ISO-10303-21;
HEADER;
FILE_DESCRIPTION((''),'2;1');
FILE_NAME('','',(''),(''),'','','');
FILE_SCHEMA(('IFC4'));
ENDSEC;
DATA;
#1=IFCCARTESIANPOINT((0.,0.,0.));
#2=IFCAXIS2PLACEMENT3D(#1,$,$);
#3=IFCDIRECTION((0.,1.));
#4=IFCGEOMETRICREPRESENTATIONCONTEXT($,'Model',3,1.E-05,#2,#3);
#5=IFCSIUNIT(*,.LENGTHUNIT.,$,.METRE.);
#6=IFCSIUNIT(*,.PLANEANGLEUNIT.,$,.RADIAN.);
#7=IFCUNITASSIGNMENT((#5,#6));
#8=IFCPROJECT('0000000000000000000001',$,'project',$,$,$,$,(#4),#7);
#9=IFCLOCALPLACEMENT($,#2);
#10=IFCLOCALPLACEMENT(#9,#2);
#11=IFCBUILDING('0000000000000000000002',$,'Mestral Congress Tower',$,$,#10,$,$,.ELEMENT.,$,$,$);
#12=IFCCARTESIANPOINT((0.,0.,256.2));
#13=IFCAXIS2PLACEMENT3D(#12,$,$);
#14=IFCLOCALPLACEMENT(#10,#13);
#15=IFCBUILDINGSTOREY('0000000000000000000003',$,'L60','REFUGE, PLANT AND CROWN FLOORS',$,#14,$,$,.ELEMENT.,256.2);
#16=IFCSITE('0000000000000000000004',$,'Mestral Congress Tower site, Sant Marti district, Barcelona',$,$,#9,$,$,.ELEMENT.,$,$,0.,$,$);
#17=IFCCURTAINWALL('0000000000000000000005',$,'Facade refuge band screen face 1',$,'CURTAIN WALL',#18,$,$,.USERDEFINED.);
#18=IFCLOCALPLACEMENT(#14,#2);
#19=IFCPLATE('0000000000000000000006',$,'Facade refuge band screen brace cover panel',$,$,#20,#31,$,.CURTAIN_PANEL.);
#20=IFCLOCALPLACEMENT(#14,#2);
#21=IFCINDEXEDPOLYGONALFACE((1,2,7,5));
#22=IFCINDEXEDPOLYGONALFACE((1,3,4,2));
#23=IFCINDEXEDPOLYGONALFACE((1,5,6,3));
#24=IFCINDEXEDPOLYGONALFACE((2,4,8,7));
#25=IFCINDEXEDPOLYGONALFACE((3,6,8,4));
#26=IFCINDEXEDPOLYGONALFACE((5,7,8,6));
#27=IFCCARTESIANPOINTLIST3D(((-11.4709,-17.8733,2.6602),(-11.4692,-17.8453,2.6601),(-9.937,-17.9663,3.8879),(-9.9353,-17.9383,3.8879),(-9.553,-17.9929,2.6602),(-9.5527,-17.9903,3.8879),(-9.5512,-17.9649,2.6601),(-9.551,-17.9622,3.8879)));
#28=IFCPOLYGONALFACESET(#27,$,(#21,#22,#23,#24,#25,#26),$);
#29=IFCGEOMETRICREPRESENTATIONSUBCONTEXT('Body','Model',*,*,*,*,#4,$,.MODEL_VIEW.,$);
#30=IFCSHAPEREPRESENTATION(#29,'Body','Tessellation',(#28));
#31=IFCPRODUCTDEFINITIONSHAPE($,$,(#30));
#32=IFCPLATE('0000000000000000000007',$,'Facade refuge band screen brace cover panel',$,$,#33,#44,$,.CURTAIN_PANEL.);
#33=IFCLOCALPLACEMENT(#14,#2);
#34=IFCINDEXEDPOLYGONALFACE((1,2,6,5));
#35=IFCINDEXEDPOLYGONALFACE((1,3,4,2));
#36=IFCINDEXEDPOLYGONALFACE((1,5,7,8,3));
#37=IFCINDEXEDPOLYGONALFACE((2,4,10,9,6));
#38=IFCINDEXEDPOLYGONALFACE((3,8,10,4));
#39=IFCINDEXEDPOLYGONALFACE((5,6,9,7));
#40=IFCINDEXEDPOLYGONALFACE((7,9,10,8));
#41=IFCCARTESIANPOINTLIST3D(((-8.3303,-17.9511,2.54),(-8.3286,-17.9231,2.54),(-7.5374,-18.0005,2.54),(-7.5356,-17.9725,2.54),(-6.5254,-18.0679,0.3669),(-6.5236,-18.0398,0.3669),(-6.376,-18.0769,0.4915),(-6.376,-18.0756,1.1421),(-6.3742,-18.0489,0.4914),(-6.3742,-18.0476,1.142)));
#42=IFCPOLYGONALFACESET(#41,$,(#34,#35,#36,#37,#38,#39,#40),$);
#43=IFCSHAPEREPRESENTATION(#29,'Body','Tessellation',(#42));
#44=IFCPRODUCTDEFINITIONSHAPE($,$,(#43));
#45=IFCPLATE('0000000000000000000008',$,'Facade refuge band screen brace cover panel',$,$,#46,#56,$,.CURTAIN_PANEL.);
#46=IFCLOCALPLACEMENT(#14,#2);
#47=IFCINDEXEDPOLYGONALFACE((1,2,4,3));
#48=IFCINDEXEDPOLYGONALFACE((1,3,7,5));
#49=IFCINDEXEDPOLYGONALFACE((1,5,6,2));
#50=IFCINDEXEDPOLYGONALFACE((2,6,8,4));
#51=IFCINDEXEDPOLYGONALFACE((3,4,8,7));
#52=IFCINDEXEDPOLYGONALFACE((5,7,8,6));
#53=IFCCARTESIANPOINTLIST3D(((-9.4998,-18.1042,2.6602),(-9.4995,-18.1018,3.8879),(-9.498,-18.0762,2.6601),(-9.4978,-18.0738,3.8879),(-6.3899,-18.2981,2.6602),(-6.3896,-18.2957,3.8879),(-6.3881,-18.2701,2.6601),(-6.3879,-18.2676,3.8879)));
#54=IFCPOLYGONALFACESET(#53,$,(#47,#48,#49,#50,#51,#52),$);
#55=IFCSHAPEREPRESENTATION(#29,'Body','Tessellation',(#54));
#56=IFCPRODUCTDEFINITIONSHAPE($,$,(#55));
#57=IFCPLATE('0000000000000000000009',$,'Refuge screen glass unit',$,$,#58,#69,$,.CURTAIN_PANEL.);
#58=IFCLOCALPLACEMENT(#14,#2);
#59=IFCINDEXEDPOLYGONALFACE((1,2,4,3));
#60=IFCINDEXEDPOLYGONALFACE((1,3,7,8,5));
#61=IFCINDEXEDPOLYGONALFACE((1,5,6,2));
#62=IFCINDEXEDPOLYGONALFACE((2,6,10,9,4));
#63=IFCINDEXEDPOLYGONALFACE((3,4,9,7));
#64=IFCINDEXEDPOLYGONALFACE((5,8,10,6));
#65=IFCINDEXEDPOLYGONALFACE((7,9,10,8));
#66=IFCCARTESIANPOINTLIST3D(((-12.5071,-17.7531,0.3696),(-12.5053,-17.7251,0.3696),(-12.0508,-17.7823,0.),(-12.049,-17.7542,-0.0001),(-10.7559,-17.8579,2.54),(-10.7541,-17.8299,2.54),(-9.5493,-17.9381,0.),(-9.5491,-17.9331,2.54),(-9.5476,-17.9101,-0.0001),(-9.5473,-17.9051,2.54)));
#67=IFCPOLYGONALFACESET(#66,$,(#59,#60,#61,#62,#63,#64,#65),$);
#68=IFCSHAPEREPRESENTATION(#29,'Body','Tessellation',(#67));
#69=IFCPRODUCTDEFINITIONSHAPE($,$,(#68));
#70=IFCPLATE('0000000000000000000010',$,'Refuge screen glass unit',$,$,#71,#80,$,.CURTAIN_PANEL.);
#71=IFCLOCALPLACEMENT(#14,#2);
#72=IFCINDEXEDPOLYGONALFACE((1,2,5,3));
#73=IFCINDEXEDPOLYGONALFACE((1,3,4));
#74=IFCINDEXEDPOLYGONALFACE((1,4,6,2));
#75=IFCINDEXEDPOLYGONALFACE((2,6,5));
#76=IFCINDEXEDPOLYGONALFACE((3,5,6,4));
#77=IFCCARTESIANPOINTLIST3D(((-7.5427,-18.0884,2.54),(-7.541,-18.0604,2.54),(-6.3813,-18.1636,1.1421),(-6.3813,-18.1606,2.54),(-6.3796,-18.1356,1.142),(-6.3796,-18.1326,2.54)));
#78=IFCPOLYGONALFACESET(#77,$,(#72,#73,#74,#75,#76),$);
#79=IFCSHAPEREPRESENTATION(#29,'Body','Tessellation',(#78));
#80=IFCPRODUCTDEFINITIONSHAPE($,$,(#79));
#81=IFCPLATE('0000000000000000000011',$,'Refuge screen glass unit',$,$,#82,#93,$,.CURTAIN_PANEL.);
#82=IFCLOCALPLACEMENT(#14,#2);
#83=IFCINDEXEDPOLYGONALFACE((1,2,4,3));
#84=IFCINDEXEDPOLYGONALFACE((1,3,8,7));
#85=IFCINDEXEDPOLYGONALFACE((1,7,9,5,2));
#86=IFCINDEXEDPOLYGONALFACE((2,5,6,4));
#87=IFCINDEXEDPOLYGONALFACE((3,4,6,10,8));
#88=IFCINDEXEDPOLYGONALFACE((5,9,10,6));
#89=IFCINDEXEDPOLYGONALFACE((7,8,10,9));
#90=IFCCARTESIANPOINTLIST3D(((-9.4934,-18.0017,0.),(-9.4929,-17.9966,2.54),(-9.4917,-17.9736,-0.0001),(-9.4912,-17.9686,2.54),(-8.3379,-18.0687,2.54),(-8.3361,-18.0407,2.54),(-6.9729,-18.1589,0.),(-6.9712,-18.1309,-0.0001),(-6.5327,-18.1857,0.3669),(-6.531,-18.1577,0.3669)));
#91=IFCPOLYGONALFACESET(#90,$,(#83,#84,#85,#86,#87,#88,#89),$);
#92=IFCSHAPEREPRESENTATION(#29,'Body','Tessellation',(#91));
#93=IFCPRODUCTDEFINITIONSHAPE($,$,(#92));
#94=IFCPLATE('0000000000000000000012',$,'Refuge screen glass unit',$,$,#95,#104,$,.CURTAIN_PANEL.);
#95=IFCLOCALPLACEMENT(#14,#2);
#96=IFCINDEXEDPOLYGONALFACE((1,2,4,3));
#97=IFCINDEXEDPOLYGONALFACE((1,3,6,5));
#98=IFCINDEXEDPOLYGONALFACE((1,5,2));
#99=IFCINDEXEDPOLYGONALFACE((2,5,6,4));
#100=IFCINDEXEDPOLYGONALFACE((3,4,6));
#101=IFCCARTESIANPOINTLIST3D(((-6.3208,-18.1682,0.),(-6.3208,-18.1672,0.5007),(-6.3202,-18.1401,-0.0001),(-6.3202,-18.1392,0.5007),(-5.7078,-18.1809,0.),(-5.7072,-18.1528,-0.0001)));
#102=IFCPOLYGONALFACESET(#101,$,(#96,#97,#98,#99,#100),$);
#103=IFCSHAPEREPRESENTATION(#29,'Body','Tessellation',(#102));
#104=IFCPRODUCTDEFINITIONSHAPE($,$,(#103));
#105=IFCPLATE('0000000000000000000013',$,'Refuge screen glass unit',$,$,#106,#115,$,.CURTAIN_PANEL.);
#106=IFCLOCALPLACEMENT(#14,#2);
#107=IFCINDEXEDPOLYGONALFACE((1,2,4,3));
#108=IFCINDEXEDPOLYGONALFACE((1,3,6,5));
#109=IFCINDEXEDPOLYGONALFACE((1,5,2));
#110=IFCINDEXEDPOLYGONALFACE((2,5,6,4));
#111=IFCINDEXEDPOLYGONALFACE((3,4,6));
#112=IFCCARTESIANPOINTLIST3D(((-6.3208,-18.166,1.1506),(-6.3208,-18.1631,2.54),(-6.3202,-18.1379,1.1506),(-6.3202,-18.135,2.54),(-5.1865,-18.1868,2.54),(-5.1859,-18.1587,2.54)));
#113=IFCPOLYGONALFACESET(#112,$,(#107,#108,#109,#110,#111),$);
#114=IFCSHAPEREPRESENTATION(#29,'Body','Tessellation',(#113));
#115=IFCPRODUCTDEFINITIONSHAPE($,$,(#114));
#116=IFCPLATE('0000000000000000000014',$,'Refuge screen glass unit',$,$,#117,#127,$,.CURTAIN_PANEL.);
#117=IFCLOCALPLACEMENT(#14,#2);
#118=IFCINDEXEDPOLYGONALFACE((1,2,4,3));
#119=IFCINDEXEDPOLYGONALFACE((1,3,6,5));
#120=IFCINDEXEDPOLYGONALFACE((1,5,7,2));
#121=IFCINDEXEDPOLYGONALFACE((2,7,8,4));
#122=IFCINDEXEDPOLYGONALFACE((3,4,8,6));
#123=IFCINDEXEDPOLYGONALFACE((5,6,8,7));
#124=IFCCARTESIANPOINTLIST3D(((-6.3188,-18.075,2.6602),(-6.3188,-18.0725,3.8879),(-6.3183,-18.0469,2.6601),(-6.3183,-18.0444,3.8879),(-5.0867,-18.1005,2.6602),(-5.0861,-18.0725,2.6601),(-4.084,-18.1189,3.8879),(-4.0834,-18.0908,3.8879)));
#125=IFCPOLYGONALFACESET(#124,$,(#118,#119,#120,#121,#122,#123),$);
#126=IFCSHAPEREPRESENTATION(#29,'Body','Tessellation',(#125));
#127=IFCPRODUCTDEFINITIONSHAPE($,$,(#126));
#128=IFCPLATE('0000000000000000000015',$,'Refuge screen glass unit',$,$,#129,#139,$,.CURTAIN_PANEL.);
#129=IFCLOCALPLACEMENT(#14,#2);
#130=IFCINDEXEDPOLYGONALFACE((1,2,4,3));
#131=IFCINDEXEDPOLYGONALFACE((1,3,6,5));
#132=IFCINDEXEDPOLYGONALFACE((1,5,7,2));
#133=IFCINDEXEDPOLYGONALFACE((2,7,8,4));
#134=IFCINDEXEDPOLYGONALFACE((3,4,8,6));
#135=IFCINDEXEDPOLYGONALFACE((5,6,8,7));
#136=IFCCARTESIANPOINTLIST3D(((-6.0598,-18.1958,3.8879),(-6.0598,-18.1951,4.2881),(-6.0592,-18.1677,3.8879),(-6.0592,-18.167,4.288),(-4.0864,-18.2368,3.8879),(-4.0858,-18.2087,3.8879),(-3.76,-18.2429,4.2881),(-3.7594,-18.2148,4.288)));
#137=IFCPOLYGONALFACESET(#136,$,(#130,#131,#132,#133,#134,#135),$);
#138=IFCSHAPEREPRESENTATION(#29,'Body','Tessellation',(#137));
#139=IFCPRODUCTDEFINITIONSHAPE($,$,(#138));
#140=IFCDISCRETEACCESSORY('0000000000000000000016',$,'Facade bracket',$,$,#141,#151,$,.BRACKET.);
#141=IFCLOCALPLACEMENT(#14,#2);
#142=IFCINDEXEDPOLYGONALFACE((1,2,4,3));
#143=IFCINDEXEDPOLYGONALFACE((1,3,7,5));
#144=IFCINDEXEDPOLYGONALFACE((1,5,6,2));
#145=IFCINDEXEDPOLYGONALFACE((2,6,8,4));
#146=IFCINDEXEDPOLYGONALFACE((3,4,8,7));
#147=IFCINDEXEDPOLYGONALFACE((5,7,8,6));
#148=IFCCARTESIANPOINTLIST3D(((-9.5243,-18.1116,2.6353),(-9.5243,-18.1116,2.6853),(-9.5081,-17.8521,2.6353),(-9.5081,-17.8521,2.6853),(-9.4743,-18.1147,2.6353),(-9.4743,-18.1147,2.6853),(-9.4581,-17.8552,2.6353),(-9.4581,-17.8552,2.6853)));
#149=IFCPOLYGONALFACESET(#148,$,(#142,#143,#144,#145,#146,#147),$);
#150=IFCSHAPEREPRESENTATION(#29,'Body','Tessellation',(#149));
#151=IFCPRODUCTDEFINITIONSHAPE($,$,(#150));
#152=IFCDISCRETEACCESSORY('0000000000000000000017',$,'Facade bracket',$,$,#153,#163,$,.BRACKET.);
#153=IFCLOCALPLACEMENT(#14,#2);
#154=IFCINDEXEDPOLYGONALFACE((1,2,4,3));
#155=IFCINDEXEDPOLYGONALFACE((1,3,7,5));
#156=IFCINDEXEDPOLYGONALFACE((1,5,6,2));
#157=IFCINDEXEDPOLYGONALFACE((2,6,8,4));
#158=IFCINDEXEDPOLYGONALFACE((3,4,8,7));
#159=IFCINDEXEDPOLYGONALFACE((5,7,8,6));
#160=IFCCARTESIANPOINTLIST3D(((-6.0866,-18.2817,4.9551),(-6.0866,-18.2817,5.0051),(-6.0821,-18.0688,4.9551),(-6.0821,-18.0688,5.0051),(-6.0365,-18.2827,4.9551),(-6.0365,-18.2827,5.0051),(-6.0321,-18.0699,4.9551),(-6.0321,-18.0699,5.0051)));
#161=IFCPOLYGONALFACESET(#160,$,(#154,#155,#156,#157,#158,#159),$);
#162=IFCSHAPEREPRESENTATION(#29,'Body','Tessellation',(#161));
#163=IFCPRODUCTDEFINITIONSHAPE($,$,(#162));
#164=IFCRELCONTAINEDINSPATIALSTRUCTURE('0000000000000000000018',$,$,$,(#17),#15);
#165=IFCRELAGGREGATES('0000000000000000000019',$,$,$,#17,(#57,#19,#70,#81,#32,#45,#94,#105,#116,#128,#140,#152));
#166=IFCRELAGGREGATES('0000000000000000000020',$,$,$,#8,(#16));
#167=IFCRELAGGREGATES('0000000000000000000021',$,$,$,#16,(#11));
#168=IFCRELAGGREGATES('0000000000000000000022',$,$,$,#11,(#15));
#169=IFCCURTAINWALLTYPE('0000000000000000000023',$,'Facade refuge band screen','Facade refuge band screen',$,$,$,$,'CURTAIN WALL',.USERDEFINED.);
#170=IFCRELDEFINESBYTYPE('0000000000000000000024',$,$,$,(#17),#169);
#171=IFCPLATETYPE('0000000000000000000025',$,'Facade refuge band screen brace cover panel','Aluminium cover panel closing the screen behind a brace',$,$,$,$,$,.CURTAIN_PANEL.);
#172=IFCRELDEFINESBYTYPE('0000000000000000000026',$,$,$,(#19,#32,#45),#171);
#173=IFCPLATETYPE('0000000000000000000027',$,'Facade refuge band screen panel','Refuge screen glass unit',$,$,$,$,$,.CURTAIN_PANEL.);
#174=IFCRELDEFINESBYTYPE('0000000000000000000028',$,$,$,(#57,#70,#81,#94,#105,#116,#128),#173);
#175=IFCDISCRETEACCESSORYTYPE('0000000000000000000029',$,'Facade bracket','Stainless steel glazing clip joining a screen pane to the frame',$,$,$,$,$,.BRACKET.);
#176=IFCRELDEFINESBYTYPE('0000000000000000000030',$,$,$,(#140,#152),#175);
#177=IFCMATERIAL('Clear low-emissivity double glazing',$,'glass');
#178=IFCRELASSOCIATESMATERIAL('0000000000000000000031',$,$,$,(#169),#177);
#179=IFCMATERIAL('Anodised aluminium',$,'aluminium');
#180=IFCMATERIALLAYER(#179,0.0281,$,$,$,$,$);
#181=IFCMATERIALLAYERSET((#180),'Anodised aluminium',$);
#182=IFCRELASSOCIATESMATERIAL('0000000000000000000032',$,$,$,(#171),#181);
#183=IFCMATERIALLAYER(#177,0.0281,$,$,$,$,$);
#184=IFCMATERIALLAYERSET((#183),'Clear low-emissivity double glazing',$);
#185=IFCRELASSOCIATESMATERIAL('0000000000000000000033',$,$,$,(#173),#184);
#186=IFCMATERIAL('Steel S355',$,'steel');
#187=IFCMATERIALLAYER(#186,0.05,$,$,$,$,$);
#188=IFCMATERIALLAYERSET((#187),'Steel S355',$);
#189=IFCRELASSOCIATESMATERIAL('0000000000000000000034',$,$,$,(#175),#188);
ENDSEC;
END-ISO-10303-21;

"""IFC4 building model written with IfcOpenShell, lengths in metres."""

from ifc_helpers import new_model, si_unit, direction, frame, origin, origin_2d, place, context, subcontext, project, spatial, polyline, rectangle, outline, extrude, material, layer, layer_set, type_object, element, aggregate, save


model = new_model("IFC4")

# Units and contexts
model_context = context("Model", 3, precision=1e-05, world=origin(), true_north=direction((0.0, 1.0)))
body_context = subcontext(model_context, "Body", "Model", "MODEL_VIEW")
ifc_project = project(units=[si_unit("LENGTHUNIT", "METRE"), si_unit("PLANEANGLEUNIT", "RADIAN")], contexts=[model_context])

# Site, building, storey
site_placement = place(None, origin())
site = spatial("IfcSite", under=ifc_project, at=site_placement, Name="Mestral Congress Tower site, Sant Marti district, Barcelona", CompositionType="ELEMENT", RefElevation=0.0)
building_placement = place(site_placement, origin())
building = spatial("IfcBuilding", under=site, at=building_placement, Name="Mestral Congress Tower", CompositionType="ELEMENT")
storey_placement = place(building_placement, frame((0.0, 0.0, 256.2)))
storey = spatial("IfcBuildingStorey", under=building, at=storey_placement, Name="L60", Description="REFUGE, PLANT AND CROWN FLOORS", CompositionType="ELEMENT", Elevation=256.2)

# Shared definitions
ifc_material_1 = material(Name="Steel S355", Category="steel")

# Curtain wall
ifc_material_2 = material(Name="Clear low-emissivity double glazing", Category="glass")
curtain_wall_type = type_object("IfcCurtainWallType", Name="Facade refuge band screen", Description="Facade refuge band screen", ElementType="CURTAIN WALL", PredefinedType="USERDEFINED", material=ifc_material_2)
curtain_wall_placement = place(storey_placement, origin())
curtain_wall = element("IfcCurtainWall", 1, at=curtain_wall_placement, inside=storey, type_object=curtain_wall_type, Name="Facade refuge band screen face 1", ObjectType="CURTAIN WALL", PredefinedType="USERDEFINED")
ifc_material_3 = material(Name="Anodised aluminium", Category="aluminium")

# Plates
ifc_layer_1 = layer(ifc_material_3, 0.0281)
ifc_layer_set_1 = layer_set([ifc_layer_1], Name="Anodised aluminium")
plate_type_1 = type_object("IfcPlateType", Name="Facade refuge band screen brace cover panel", Description="Aluminium cover panel closing the screen behind a brace", PredefinedType="CURTAIN_PANEL", material=ifc_layer_set_1)
plate_1_placement = place(storey_placement, frame((-9.553, -17.9929, 2.6602), z_axis=(-0.062233, -0.998059, 0.002167), x_axis=(-0.998062, 0.062233, 0.0)))
plate_1 = element("IfcPlate", 2, at=plate_1_placement, type_object=plate_type_1, Name="Facade refuge band screen brace cover panel", PredefinedType="CURTAIN_PANEL", context=body_context, shape_type="SweptSolid", body=[
    extrude(outline(polyline([(0.0, 0.0), (1.9217, 0.0), (0.3849, -1.2278), (-0.0001, -1.2278), (0.0, 0.0)])), origin(), (0.0, 0.0, -1.0), 0.0281),
])
plate_2_placement = place(storey_placement, frame((-6.376, -18.0769, 0.4915), z_axis=(-0.062145, -0.998065, 0.002), x_axis=(-0.767387, 0.0465, -0.639495)))
plate_2 = element("IfcPlate", 3, at=plate_2_placement, type_object=plate_type_1, Name="Facade refuge band screen brace cover panel", PredefinedType="CURTAIN_PANEL", context=body_context, shape_type="SweptSolid", body=[
    extrude(outline(polyline([(0.0, 0.0), (0.1947, 0.0), (0.1955, -2.8273), (-0.4153, -2.3192), (-0.416, -0.5003), (0.0, 0.0)])), origin(), (0.0, 0.0, -1.0), 0.0281),
])
plate_3_placement = place(storey_placement, frame((-6.3896, -18.2957, 3.8879), z_axis=(-0.062212, -0.998061, 0.001997), x_axis=(-0.000199, -0.001988, -0.999998)))
plate_3 = element("IfcPlate", 4, at=plate_3_placement, type_object=plate_type_1, Name="Facade refuge band screen brace cover panel", PredefinedType="CURTAIN_PANEL", context=body_context, shape_type="SweptSolid", body=[
    extrude(outline(polyline([(0.0, 0.0), (1.2278, 0.0), (1.228, -3.1159), (0.0002, -3.1159), (0.0, 0.0)])), origin(), (0.0, 0.0, -1.0), 0.0281),
])
ifc_layer_2 = layer(ifc_material_2, 0.0281)
ifc_layer_set_2 = layer_set([ifc_layer_2], Name="Clear low-emissivity double glazing")
plate_type_2 = type_object("IfcPlateType", Name="Facade refuge band screen panel", Description="Refuge screen glass unit", PredefinedType="CURTAIN_PANEL", material=ifc_layer_set_2)
plate_4_placement = place(storey_placement, frame((-9.5491, -17.9331, 2.54), z_axis=(-0.062197, -0.998062, 0.001985), x_axis=(-0.000094, -0.001983, -0.999998)))
plate_4 = element("IfcPlate", 5, at=plate_4_placement, type_object=plate_type_2, Name="Refuge screen glass unit", PredefinedType="CURTAIN_PANEL", context=body_context, shape_type="SweptSolid", body=[
    extrude(outline(polyline([(0.0, 0.0), (2.54, 0.0), (2.54, -2.5063), (2.1703, -2.9635), (0.0, -1.2091), (0.0, 0.0)])), origin(), (0.0, 0.0, -1.0), 0.0281),
])
plate_5_placement = place(storey_placement, frame((-6.3813, -18.1606, 2.54), z_axis=(-0.062104, -0.998068, 0.002092), x_axis=(0.0, -0.002096, -0.999998)))
plate_5 = element("IfcPlate", 6, at=plate_5_placement, type_object=plate_type_2, Name="Refuge screen glass unit", PredefinedType="CURTAIN_PANEL", context=body_context, shape_type="SweptSolid", body=[
    extrude(outline(polyline([(0.0, 0.0), (1.398, 0.0), (-0.0002, -1.1636), (0.0, 0.0)])), origin(), (0.0, 0.0, -1.0), 0.0281),
])
plate_6_placement = place(storey_placement, frame((-6.9729, -18.1589, 0.0), z_axis=(-0.062277, -0.998057, 0.001981), x_axis=(-0.998059, 0.062277, 0.0)))
plate_6 = element("IfcPlate", 7, at=plate_6_placement, type_object=plate_type_2, Name="Refuge screen glass unit", PredefinedType="CURTAIN_PANEL", context=body_context, shape_type="SweptSolid", body=[
    extrude(outline(polyline([(0.0, 0.0), (2.5254, 0.0), (2.5252, -2.54), (1.368, -2.54), (-0.441, -0.3669), (0.0, 0.0)])), origin(), (0.0, 0.0, -1.0), 0.0281),
])
plate_7_placement = place(storey_placement, frame((-6.3208, -18.1682, 0.0), z_axis=(-0.020704, -0.999784, 0.00195), x_axis=(0.0, 0.00195, 0.999998)))
plate_7 = element("IfcPlate", 8, at=plate_7_placement, type_object=plate_type_2, Name="Refuge screen glass unit", PredefinedType="CURTAIN_PANEL", context=body_context, shape_type="SweptSolid", body=[
    extrude(outline(polyline([(0.0, 0.0), (0.5007, 0.0), (0.0, -0.6132), (0.0, 0.0)])), origin(), (0.0, 0.0, -1.0), 0.0281),
])
plate_8_placement = place(storey_placement, frame((-6.3208, -18.1631, 2.54), z_axis=(-0.020874, -0.99978, 0.002108), x_axis=(0.999782, -0.020874, 0.0)))
plate_8 = element("IfcPlate", 9, at=plate_8_placement, type_object=plate_type_2, Name="Refuge screen glass unit", PredefinedType="CURTAIN_PANEL", context=body_context, shape_type="SweptSolid", body=[
    extrude(outline(polyline([(0.0, 0.0), (1.1345, 0.0), (0.0001, -1.3894), (0.0, 0.0)])), origin(), (0.0, 0.0, -1.0), 0.0281),
])
plate_9_placement = place(storey_placement, frame((-6.3188, -18.075, 2.6602), z_axis=(-0.020769, -0.999782, 0.002019), x_axis=(0.000001, 0.00202, 0.999998)))
plate_9 = element("IfcPlate", 10, at=plate_9_placement, type_object=plate_type_2, Name="Refuge screen glass unit", PredefinedType="CURTAIN_PANEL", context=body_context, shape_type="SweptSolid", body=[
    extrude(outline(polyline([(0.0, 0.0), (1.2278, 0.0), (1.2277, -2.2353), (-0.0001, -1.2324), (0.0, 0.0)])), origin(), (0.0, 0.0, -1.0), 0.0281),
])
plate_10_placement = place(storey_placement, frame((-6.0598, -18.1951, 4.2881), z_axis=(-0.020792, -0.999782, 0.00177), x_axis=(0.999784, -0.020792, 0.0)))
plate_10 = element("IfcPlate", 11, at=plate_10_placement, type_object=plate_type_2, Name="Refuge screen glass unit", PredefinedType="CURTAIN_PANEL", context=body_context, shape_type="SweptSolid", body=[
    extrude(outline(polyline([(0.0, 0.0), (2.3003, 0.0), (1.9738, -0.4001), (0.0, -0.4001), (0.0, 0.0)])), origin(), (0.0, 0.0, -1.0), 0.0281),
])

# Discrete accessories
ifc_layer_3 = layer(ifc_material_1, 0.05)
ifc_layer_set_3 = layer_set([ifc_layer_3], Name="Steel S355")
discrete_accessory_type = type_object("IfcDiscreteAccessoryType", Name="Facade bracket", Description="Stainless steel glazing clip joining a screen pane to the frame", PredefinedType="BRACKET", material=ifc_layer_set_3)
discrete_accessory_1_placement = place(storey_placement, frame((-9.4912, -17.9834, 2.6353), z_axis=(0.0, 0.0, 1.0), x_axis=(0.998062, -0.06223, 0.0)))
discrete_accessory_1 = element("IfcDiscreteAccessory", 12, at=discrete_accessory_1_placement, type_object=discrete_accessory_type, Name="Facade bracket", PredefinedType="BRACKET", context=body_context, shape_type="SweptSolid", body=[
    extrude(rectangle(XDim=0.05, YDim=0.26, at=origin_2d()), origin(), (0.0, 0.0, 1.0), 0.05),
])
discrete_accessory_2_placement = place(storey_placement, frame((-6.0593, -18.1758, 4.9551), z_axis=(0.0, 0.0, 1.0), x_axis=(0.999785, -0.020747, 0.0)))
discrete_accessory_2 = element("IfcDiscreteAccessory", 13, at=discrete_accessory_2_placement, type_object=discrete_accessory_type, Name="Facade bracket", PredefinedType="BRACKET", context=body_context, shape_type="SweptSolid", body=[
    extrude(rectangle(XDim=0.05, YDim=0.2129, at=origin_2d()), origin(), (0.0, 0.0, 1.0), 0.05),
])
aggregate(curtain_wall, [plate_4, plate_1, plate_5, plate_6, plate_2, plate_3, plate_7, plate_8, plate_9, plate_10, discrete_accessory_1, discrete_accessory_2])

save(model, "model.ifc")
